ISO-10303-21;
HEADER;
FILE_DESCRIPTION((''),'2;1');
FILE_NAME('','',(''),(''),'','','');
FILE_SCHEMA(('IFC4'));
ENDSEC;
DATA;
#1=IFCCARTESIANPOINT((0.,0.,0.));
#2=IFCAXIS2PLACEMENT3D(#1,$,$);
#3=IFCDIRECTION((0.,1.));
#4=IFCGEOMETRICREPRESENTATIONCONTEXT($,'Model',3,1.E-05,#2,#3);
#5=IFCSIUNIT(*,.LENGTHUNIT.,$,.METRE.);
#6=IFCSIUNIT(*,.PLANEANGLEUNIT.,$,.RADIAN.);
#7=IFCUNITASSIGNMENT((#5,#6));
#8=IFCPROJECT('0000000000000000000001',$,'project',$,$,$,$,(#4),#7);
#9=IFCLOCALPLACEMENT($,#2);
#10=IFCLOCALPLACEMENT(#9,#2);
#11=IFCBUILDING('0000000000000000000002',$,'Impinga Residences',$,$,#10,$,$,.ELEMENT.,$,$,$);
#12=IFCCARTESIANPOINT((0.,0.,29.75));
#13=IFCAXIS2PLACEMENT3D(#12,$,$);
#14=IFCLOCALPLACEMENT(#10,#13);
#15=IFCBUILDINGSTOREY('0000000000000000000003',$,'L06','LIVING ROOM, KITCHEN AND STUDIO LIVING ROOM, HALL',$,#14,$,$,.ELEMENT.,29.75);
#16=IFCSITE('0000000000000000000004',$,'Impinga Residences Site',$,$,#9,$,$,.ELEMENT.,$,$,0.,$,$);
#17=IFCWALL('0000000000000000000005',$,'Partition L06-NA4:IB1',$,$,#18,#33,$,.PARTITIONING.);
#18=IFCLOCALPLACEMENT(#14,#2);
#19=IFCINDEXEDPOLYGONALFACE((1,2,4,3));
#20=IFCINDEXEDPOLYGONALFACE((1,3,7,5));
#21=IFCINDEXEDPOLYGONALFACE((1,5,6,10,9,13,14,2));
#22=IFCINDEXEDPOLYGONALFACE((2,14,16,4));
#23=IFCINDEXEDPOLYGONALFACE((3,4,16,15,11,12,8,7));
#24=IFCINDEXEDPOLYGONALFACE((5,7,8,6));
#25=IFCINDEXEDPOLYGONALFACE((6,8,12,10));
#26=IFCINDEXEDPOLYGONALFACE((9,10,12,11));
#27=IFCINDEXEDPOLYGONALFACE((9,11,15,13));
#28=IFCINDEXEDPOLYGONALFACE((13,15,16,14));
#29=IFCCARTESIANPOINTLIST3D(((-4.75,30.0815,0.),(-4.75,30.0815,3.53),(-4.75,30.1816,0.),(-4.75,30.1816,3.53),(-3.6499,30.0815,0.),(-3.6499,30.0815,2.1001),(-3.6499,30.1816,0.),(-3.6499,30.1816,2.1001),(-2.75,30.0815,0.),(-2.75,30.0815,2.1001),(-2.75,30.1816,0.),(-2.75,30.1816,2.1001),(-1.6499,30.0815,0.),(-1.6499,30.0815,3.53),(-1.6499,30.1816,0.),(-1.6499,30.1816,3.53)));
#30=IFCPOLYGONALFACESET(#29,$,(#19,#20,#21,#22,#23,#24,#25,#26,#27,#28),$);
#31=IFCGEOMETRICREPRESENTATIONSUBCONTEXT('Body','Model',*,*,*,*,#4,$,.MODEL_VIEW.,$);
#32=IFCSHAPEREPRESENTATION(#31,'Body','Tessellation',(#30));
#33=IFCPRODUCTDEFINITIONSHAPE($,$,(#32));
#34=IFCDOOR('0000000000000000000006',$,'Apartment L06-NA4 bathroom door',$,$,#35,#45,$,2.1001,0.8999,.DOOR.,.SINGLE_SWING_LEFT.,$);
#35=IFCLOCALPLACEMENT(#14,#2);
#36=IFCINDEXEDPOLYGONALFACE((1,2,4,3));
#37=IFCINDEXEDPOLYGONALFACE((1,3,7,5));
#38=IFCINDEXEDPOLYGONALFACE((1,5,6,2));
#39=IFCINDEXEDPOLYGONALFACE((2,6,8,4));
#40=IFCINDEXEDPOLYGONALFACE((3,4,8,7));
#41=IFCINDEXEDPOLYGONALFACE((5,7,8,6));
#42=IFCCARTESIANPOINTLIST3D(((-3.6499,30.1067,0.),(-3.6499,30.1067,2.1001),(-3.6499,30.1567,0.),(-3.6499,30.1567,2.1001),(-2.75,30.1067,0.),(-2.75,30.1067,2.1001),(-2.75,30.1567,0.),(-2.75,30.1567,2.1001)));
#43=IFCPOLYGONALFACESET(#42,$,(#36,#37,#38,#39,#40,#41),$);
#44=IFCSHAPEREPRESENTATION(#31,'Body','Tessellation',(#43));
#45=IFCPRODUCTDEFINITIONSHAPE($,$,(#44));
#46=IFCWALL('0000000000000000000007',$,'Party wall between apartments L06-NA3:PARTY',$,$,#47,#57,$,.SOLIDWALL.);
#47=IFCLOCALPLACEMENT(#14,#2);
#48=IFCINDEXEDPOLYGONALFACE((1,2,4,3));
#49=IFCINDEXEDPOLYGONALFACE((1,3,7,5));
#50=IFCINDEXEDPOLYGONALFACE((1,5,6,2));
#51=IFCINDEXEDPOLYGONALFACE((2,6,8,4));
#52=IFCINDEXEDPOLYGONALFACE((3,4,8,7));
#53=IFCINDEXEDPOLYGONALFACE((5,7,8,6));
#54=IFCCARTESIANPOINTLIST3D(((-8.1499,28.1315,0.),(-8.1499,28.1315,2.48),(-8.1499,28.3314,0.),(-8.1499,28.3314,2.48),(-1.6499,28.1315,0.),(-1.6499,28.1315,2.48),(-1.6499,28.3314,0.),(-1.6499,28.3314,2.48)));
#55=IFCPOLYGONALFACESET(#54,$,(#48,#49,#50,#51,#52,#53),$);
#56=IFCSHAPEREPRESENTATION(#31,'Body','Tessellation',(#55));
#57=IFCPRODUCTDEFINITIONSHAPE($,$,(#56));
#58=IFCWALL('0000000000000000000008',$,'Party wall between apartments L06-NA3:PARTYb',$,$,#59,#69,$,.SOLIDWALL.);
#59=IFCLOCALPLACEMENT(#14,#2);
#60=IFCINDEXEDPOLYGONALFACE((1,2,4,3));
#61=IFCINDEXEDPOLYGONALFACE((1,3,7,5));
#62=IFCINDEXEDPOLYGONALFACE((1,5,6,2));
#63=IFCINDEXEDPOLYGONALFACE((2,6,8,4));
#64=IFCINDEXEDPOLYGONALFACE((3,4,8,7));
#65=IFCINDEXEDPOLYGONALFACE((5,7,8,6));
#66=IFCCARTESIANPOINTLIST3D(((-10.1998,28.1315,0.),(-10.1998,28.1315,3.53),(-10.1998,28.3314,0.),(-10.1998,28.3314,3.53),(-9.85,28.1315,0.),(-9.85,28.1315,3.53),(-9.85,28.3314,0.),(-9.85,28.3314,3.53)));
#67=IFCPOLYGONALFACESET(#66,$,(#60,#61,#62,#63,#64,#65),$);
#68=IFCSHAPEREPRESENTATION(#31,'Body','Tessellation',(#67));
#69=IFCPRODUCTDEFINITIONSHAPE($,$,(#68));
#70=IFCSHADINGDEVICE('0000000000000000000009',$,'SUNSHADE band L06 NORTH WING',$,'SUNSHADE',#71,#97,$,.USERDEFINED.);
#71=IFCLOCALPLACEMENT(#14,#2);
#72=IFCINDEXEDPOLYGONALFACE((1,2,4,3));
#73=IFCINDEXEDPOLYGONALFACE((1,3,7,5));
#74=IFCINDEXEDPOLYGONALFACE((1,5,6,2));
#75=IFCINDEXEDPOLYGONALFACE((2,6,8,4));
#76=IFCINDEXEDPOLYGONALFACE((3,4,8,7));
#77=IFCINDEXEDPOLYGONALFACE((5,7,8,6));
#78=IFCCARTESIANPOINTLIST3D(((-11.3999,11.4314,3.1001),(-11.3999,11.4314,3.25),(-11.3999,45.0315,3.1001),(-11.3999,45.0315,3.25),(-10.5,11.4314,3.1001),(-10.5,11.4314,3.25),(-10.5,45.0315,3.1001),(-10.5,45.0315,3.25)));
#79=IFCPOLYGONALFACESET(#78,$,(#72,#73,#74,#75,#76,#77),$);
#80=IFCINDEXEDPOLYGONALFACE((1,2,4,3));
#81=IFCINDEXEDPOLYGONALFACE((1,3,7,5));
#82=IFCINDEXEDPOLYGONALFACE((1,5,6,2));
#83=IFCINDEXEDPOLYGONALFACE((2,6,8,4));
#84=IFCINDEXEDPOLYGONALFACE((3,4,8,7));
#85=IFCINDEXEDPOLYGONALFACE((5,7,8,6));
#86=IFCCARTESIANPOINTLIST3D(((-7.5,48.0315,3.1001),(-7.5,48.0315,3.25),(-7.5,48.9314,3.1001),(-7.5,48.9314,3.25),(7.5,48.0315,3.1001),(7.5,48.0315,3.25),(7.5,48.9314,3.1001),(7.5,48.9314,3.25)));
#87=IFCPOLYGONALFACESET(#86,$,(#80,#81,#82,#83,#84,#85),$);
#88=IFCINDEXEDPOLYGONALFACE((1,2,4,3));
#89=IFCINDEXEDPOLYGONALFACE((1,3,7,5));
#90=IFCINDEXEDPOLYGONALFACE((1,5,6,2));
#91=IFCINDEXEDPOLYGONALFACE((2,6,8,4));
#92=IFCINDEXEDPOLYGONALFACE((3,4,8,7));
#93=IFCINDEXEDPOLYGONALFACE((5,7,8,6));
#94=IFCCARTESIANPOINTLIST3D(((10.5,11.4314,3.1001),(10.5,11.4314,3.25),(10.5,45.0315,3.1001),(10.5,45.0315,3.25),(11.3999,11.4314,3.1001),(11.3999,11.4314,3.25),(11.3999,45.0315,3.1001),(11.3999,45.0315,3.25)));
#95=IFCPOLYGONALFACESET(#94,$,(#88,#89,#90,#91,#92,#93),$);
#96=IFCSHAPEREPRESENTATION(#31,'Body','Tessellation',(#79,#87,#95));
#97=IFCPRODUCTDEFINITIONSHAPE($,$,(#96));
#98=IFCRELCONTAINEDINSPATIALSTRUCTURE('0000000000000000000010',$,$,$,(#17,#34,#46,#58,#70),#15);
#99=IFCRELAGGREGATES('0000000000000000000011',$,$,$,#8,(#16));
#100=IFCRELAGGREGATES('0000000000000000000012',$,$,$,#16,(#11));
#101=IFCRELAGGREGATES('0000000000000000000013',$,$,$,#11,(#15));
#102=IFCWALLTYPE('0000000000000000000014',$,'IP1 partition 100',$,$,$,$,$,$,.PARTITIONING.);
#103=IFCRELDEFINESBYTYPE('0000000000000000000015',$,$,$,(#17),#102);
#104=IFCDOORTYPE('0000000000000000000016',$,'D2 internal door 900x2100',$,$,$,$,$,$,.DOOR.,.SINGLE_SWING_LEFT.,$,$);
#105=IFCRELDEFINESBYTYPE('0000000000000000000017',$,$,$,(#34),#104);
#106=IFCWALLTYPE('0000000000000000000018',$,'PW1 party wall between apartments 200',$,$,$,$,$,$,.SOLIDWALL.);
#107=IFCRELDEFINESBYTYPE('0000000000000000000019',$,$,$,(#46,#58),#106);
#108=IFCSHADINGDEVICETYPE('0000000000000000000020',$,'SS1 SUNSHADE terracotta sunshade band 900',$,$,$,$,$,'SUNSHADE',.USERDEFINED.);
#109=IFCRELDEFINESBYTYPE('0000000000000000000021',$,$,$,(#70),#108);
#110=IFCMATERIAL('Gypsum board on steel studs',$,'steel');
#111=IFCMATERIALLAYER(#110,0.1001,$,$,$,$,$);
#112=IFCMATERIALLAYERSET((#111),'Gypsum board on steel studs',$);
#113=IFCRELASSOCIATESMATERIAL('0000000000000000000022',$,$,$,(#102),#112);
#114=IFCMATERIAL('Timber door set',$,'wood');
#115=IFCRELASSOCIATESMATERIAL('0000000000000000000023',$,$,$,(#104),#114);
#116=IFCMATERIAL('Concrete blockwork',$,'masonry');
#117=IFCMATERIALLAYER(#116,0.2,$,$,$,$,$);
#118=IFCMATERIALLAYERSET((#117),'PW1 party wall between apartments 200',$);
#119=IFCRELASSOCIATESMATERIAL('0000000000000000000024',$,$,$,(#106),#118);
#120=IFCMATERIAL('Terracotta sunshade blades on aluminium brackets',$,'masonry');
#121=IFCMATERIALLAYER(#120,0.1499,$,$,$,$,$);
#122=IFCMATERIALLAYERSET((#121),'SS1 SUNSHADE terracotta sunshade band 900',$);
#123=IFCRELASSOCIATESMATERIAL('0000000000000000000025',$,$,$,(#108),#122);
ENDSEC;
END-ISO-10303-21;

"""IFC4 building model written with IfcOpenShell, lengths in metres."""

from ifc_helpers import new_model, si_unit, direction, frame, frame_2d, origin, origin_2d, place, context, subcontext, project, spatial, rectangle, extrude, material, layer, layer_set, type_object, element, fill, save


model = new_model("IFC4")

# Units and contexts
model_context = context("Model", 3, precision=1e-05, world=origin(), true_north=direction((0.0, 1.0)))
body_context = subcontext(model_context, "Body", "Model", "MODEL_VIEW")
ifc_project = project(units=[si_unit("LENGTHUNIT", "METRE"), si_unit("PLANEANGLEUNIT", "RADIAN")], contexts=[model_context])

# Site, building, storey
site_placement = place(None, origin())
site = spatial("IfcSite", under=ifc_project, at=site_placement, Name="Impinga Residences Site", CompositionType="ELEMENT", RefElevation=0.0)
building_placement = place(site_placement, origin())
building = spatial("IfcBuilding", under=site, at=building_placement, Name="Impinga Residences", CompositionType="ELEMENT")
storey_placement = place(building_placement, frame((0.0, 0.0, 29.75)))
storey = spatial("IfcBuildingStorey", under=building, at=storey_placement, Name="L06", Description="LIVING ROOM, KITCHEN AND STUDIO LIVING ROOM, HALL", CompositionType="ELEMENT", Elevation=29.75)

# Shared definitions
ifc_material_1 = material(Name="Gypsum board on steel studs", Category="steel")
ifc_layer_1 = layer(ifc_material_1, 0.1001)
ifc_layer_set_1 = layer_set([ifc_layer_1], Name="Gypsum board on steel studs")
wall_type_1 = type_object("IfcWallType", Name="IP1 partition 100", PredefinedType="PARTITIONING", material=ifc_layer_set_1)

# Shared definitions
ifc_material_2 = material(Name="Timber door set", Category="wood")
door_type = type_object("IfcDoorType", Name="D2 internal door 900x2100", OperationType="SINGLE_SWING_LEFT", PredefinedType="DOOR", material=ifc_material_2)

# Wall, opening, door
wall_1_placement = place(storey_placement, frame((-1.6499, 30.1316, 0.0), z_axis=(0.0, 0.0, 1.0), x_axis=(-1.0, 0.0, 0.0)))
wall_1 = element("IfcWall", 1, at=wall_1_placement, inside=storey, type_object=wall_type_1, Name="Partition L06-NA4:IB1", PredefinedType="PARTITIONING", context=body_context, shape_type="SweptSolid", body=[
    extrude(rectangle(XDim=3.1001, YDim=0.1001, at=frame_2d((1.55, 0.0))), origin(), (0.0, 0.0, 1.0), 3.53),
])
opening_1_placement = place(wall_1_placement, frame((1.1001, 0.0, 0.0)))
opening_1 = element("IfcOpeningElement", 2, at=opening_1_placement, cuts=wall_1, PredefinedType="OPENING", context=body_context, shape_type="SweptSolid", body=[
    extrude(rectangle(XDim=0.8999, YDim=2.1001, at=frame_2d((0.45, 1.05))), frame((0.0, 0.0601, 0.0), z_axis=(0.0, -1.0, 0.0), x_axis=(1.0, 0.0, 0.0)), (0.0, 0.0, 1.0), 0.1201),
])
door_1_placement = place(opening_1_placement, origin())
door_1 = element("IfcDoor", 3, at=door_1_placement, inside=storey, type_object=door_type, Name="Apartment L06-NA4 bathroom door", OperationType="SINGLE_SWING_LEFT", OverallHeight=2.1001, OverallWidth=0.8999, PredefinedType="DOOR", context=body_context, shape_type="SweptSolid", body=[
    extrude(rectangle(XDim=0.8999, YDim=2.1001, at=frame_2d((0.45, 1.05))), frame((0.0, 0.0249, 0.0), z_axis=(0.0, -1.0, 0.0), x_axis=(1.0, 0.0, 0.0)), (0.0, 0.0, 1.0), 0.05),
])
fill(opening_1, door_1)

# Walls
ifc_material_3 = material(Name="Concrete blockwork", Category="masonry")
ifc_layer_2 = layer(ifc_material_3, 0.2)
ifc_layer_set_2 = layer_set([ifc_layer_2], Name="PW1 party wall between apartments 200")
wall_type_2 = type_object("IfcWallType", Name="PW1 party wall between apartments 200", PredefinedType="SOLIDWALL", material=ifc_layer_set_2)
wall_2_placement = place(storey_placement, frame((-1.6499, 28.2314, 0.0), z_axis=(0.0, 0.0, 1.0), x_axis=(-1.0, 0.0, 0.0)))
element("IfcWall", 4, at=wall_2_placement, inside=storey, type_object=wall_type_2, Name="Party wall between apartments L06-NA3:PARTY", PredefinedType="SOLIDWALL", context=body_context, shape_type="SweptSolid", body=[
    extrude(rectangle(XDim=6.5, YDim=0.2, at=frame_2d((3.25, 0.0))), origin(), (0.0, 0.0, 1.0), 2.48),
])
wall_3_placement = place(storey_placement, frame((-9.8501, 28.2314, 0.0), z_axis=(0.0, 0.0, 1.0), x_axis=(-1.0, 0.0, 0.0)))
element("IfcWall", 5, at=wall_3_placement, inside=storey, type_object=wall_type_2, Name="Party wall between apartments L06-NA3:PARTYb", PredefinedType="SOLIDWALL", context=body_context, shape_type="SweptSolid", body=[
    extrude(rectangle(XDim=0.3499, YDim=0.2, at=frame_2d((0.1748, 0.0))), origin(), (0.0, 0.0, 1.0), 3.53),
])

# Shading device
ifc_material_4 = material(Name="Terracotta sunshade blades on aluminium brackets", Category="masonry")
ifc_layer_3 = layer(ifc_material_4, 0.1499)
ifc_layer_set_3 = layer_set([ifc_layer_3], Name="SS1 SUNSHADE terracotta sunshade band 900")
shading_device_type = type_object("IfcShadingDeviceType", Name="SS1 SUNSHADE terracotta sunshade band 900", ElementType="SUNSHADE", PredefinedType="USERDEFINED", material=ifc_layer_set_3)
shading_device_placement = place(storey_placement, frame((-10.95, 28.2314, 3.1001), z_axis=(0.0, 0.0, 1.0), x_axis=(0.0, 1.0, 0.0)))
element("IfcShadingDevice", 6, at=shading_device_placement, inside=storey, type_object=shading_device_type, Name="SUNSHADE band L06 NORTH WING", ObjectType="SUNSHADE", PredefinedType="USERDEFINED", context=body_context, shape_type="SweptSolid", body=[
    extrude(rectangle(XDim=33.6001, YDim=0.8999, at=origin_2d()), origin(), (0.0, 0.0, 1.0), 0.1499),
    extrude(rectangle(XDim=15.0, YDim=0.8999, at=origin_2d()), frame((20.25, -10.95, 0.0), z_axis=(0.0, 0.0, 1.0), x_axis=(0.0, -1.0, 0.0)), (0.0, 0.0, 1.0), 0.1499),
    extrude(rectangle(XDim=33.6001, YDim=0.8999, at=origin_2d()), frame((0.0, -21.8999, 0.0), z_axis=(0.0, 0.0, 1.0), x_axis=(-1.0, 0.0, 0.0)), (0.0, 0.0, 1.0), 0.1499),
])

save(model, "model.ifc")
